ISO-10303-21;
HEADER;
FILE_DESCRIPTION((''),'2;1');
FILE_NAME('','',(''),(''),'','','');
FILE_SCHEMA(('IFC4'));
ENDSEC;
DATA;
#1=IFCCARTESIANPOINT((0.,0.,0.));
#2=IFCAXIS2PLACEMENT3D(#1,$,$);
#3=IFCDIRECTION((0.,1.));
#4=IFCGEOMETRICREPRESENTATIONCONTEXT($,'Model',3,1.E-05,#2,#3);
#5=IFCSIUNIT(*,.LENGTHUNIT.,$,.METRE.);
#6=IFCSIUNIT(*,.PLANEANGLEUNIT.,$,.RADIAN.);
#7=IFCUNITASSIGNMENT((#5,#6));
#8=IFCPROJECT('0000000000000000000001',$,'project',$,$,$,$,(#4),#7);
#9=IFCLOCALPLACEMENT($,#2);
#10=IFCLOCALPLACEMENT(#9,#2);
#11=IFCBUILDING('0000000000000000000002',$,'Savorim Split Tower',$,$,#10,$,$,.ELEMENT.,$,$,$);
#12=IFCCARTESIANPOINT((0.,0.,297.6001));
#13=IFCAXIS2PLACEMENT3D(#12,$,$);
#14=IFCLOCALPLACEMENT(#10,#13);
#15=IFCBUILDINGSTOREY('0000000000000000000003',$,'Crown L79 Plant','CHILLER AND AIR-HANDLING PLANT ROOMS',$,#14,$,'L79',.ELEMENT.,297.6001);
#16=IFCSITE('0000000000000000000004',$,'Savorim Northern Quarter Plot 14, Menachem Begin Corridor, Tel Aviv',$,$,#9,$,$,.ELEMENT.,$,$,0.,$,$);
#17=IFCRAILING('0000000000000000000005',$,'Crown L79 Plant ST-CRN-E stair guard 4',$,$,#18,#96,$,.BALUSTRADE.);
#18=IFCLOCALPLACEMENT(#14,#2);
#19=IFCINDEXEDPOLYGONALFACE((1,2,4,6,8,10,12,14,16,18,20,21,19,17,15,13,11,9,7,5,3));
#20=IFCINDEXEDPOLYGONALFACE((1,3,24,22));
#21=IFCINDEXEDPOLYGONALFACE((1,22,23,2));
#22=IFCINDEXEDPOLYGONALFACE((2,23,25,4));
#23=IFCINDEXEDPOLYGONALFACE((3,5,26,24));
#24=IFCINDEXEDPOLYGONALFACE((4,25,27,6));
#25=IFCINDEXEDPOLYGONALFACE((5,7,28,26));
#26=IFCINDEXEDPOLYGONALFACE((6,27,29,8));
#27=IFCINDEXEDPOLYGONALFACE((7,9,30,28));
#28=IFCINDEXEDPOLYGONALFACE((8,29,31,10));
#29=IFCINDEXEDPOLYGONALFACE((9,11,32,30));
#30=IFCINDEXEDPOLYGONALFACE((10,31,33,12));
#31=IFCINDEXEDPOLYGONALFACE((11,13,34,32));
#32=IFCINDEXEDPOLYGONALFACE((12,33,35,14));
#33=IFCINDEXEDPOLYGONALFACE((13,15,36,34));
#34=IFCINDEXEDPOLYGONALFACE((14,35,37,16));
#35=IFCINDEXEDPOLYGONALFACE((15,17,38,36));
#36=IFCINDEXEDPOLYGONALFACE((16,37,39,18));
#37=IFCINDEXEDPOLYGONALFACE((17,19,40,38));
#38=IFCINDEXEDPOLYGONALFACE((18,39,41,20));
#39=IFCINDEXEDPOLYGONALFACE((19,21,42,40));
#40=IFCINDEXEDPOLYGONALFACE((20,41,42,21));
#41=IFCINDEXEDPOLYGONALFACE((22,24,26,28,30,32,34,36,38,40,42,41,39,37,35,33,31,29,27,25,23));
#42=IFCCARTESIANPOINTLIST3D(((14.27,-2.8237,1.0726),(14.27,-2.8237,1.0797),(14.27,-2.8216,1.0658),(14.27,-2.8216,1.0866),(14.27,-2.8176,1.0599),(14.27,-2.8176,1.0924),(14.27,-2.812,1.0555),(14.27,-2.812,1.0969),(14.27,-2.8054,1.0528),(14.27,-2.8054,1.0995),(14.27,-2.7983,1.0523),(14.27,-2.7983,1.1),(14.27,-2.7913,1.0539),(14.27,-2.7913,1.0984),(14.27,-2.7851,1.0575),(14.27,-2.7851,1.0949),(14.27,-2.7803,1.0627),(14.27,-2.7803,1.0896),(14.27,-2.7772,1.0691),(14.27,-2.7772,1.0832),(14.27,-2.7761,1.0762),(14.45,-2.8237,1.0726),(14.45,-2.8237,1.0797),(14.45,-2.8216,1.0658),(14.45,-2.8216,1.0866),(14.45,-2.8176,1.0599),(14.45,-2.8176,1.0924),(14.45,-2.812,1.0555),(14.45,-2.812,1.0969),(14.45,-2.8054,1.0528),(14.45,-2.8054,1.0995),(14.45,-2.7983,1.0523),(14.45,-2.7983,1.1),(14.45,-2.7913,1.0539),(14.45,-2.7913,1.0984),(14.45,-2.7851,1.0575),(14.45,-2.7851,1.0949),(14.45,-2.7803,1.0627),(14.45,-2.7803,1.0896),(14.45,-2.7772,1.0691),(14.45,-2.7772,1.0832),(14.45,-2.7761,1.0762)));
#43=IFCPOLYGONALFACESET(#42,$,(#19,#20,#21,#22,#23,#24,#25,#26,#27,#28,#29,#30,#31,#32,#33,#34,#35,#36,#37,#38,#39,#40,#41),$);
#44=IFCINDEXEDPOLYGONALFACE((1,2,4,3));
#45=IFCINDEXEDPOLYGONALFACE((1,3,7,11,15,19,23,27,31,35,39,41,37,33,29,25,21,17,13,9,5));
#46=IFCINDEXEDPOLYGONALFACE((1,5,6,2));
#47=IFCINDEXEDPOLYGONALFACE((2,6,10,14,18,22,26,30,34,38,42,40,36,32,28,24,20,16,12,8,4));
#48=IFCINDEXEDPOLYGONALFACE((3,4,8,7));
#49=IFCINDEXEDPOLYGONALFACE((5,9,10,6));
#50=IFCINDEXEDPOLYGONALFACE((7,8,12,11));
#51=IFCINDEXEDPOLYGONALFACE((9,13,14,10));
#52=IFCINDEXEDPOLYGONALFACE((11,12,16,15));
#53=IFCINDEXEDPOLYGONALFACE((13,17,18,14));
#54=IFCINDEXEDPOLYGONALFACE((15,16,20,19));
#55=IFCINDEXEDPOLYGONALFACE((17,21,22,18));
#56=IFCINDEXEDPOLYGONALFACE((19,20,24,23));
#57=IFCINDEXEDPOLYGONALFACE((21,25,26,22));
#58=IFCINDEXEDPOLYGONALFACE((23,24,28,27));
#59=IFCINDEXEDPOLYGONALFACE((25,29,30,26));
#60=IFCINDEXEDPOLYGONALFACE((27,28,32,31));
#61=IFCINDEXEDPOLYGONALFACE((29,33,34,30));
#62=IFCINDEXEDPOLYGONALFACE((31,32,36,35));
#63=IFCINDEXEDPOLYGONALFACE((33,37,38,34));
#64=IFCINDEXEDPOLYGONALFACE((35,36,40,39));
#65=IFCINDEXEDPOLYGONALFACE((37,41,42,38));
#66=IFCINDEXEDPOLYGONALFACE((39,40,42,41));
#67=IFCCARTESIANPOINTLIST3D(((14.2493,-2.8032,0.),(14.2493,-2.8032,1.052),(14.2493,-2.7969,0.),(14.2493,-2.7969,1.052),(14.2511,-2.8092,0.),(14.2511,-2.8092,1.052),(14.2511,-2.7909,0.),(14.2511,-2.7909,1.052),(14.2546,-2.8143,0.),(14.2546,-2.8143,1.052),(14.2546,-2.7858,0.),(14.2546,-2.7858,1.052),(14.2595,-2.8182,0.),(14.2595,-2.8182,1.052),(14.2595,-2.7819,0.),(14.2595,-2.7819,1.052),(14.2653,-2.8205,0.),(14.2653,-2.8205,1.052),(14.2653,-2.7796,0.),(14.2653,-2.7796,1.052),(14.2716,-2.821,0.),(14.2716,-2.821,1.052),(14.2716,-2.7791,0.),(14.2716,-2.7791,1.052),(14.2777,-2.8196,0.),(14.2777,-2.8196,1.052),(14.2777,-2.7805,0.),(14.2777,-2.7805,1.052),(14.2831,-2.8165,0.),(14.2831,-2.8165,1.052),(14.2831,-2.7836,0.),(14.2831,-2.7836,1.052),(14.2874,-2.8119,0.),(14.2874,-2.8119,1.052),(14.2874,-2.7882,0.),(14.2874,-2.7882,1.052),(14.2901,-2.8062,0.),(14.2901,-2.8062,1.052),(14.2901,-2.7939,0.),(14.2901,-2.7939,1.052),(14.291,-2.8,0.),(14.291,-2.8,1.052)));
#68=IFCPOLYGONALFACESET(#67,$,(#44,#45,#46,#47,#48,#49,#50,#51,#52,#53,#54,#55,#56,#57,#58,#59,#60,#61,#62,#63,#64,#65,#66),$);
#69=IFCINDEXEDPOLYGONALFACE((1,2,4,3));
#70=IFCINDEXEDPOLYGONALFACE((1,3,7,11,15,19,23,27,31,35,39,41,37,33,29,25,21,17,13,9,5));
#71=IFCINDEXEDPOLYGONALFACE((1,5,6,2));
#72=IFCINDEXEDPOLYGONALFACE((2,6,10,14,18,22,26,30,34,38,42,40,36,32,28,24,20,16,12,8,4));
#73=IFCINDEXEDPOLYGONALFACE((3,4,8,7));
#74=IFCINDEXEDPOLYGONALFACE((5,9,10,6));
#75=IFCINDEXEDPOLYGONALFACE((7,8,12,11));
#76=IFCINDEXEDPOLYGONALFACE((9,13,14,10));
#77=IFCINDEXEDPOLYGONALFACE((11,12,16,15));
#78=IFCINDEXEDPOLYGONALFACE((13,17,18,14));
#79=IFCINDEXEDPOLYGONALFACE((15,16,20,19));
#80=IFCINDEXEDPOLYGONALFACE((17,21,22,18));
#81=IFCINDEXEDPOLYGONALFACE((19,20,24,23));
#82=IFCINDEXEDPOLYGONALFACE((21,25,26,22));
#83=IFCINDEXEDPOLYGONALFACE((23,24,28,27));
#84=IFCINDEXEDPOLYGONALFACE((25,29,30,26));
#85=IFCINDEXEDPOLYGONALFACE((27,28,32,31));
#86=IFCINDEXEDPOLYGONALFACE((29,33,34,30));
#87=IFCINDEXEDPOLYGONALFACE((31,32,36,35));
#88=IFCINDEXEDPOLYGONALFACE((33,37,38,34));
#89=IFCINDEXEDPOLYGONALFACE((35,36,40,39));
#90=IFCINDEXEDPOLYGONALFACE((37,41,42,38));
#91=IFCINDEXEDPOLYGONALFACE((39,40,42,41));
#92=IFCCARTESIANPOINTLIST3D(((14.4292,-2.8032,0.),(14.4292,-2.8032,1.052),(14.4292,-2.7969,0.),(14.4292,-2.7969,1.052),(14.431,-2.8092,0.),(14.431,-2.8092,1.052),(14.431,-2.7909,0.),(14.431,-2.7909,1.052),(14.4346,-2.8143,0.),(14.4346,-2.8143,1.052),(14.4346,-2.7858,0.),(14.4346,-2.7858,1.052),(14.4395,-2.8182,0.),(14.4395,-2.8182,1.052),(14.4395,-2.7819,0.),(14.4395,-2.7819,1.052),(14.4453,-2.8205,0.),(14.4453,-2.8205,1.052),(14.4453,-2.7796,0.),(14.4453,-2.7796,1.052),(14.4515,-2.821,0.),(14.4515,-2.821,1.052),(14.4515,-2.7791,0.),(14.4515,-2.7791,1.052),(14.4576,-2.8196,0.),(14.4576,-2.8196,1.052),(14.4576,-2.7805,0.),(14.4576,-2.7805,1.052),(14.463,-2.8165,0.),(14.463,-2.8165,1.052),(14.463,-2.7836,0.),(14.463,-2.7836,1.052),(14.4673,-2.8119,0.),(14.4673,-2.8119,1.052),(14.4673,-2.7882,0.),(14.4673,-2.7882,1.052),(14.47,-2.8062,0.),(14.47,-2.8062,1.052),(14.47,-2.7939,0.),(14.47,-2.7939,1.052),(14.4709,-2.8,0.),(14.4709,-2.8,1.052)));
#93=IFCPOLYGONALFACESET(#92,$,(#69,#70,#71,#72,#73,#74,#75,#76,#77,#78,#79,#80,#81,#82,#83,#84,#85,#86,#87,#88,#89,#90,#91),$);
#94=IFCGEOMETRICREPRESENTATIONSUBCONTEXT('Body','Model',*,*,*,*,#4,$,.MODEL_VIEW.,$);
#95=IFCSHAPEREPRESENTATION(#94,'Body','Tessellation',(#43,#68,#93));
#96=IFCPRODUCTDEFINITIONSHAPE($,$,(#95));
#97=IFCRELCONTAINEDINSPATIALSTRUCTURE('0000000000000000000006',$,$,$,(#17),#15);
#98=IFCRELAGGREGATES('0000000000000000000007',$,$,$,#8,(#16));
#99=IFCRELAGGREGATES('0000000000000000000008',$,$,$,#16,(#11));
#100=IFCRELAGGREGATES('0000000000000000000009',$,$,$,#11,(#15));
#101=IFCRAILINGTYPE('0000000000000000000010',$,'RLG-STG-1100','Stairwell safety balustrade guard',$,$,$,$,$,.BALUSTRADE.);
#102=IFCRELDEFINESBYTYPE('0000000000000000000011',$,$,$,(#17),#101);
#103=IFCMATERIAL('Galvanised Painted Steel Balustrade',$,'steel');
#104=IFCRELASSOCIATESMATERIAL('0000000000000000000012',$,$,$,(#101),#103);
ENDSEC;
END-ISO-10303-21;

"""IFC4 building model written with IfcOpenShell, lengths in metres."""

from ifc_helpers import new_model, si_unit, direction, frame, origin, origin_2d, place, context, subcontext, project, spatial, circle, extrude, material, type_object, element, save


model = new_model("IFC4")

# Units and contexts
model_context = context("Model", 3, precision=1e-05, world=origin(), true_north=direction((0.0, 1.0)))
body_context = subcontext(model_context, "Body", "Model", "MODEL_VIEW")
ifc_project = project(units=[si_unit("LENGTHUNIT", "METRE"), si_unit("PLANEANGLEUNIT", "RADIAN")], contexts=[model_context])

# Site, building, storey
site_placement = place(None, origin())
site = spatial("IfcSite", under=ifc_project, at=site_placement, Name="Savorim Northern Quarter Plot 14, Menachem Begin Corridor, Tel Aviv", CompositionType="ELEMENT", RefElevation=0.0)
building_placement = place(site_placement, origin())
building = spatial("IfcBuilding", under=site, at=building_placement, Name="Savorim Split Tower", CompositionType="ELEMENT")
storey_placement = place(building_placement, frame((0.0, 0.0, 297.6001)))
storey = spatial("IfcBuildingStorey", under=building, at=storey_placement, Name="Crown L79 Plant", Description="CHILLER AND AIR-HANDLING PLANT ROOMS", LongName="L79", CompositionType="ELEMENT", Elevation=297.6001)

# Railing
ifc_material_1 = material(Name="Galvanised Painted Steel Balustrade", Category="steel")
railing_type_1 = type_object("IfcRailingType", Name="RLG-STG-1100", Description="Stairwell safety balustrade guard", PredefinedType="BALUSTRADE", material=ifc_material_1)
railing_1_placement = place(storey_placement, frame((14.27, -2.8, 0.0)))
element("IfcRailing", 1, at=railing_1_placement, inside=storey, type_object=railing_type_1, Name="Crown L79 Plant ST-CRN-E stair guard 4", PredefinedType="BALUSTRADE", context=body_context, shape_type="SweptSolid", body=[
    extrude(circle(Radius=0.0239, at=origin_2d()), frame((0.0, 0.0, 1.0762), z_axis=(1.0, 0.0, 0.0), x_axis=(0.0, 1.0, 0.0)), (0.0, 0.0, 1.0), 0.1799),
    extrude(circle(Radius=0.021, at=origin_2d()), origin(), (0.0, 0.0, 1.0), 1.052),
    extrude(circle(Radius=0.021, at=origin_2d()), frame((0.1799, 0.0, 0.0)), (0.0, 0.0, 1.0), 1.052),
])

save(model, "model.ifc")
